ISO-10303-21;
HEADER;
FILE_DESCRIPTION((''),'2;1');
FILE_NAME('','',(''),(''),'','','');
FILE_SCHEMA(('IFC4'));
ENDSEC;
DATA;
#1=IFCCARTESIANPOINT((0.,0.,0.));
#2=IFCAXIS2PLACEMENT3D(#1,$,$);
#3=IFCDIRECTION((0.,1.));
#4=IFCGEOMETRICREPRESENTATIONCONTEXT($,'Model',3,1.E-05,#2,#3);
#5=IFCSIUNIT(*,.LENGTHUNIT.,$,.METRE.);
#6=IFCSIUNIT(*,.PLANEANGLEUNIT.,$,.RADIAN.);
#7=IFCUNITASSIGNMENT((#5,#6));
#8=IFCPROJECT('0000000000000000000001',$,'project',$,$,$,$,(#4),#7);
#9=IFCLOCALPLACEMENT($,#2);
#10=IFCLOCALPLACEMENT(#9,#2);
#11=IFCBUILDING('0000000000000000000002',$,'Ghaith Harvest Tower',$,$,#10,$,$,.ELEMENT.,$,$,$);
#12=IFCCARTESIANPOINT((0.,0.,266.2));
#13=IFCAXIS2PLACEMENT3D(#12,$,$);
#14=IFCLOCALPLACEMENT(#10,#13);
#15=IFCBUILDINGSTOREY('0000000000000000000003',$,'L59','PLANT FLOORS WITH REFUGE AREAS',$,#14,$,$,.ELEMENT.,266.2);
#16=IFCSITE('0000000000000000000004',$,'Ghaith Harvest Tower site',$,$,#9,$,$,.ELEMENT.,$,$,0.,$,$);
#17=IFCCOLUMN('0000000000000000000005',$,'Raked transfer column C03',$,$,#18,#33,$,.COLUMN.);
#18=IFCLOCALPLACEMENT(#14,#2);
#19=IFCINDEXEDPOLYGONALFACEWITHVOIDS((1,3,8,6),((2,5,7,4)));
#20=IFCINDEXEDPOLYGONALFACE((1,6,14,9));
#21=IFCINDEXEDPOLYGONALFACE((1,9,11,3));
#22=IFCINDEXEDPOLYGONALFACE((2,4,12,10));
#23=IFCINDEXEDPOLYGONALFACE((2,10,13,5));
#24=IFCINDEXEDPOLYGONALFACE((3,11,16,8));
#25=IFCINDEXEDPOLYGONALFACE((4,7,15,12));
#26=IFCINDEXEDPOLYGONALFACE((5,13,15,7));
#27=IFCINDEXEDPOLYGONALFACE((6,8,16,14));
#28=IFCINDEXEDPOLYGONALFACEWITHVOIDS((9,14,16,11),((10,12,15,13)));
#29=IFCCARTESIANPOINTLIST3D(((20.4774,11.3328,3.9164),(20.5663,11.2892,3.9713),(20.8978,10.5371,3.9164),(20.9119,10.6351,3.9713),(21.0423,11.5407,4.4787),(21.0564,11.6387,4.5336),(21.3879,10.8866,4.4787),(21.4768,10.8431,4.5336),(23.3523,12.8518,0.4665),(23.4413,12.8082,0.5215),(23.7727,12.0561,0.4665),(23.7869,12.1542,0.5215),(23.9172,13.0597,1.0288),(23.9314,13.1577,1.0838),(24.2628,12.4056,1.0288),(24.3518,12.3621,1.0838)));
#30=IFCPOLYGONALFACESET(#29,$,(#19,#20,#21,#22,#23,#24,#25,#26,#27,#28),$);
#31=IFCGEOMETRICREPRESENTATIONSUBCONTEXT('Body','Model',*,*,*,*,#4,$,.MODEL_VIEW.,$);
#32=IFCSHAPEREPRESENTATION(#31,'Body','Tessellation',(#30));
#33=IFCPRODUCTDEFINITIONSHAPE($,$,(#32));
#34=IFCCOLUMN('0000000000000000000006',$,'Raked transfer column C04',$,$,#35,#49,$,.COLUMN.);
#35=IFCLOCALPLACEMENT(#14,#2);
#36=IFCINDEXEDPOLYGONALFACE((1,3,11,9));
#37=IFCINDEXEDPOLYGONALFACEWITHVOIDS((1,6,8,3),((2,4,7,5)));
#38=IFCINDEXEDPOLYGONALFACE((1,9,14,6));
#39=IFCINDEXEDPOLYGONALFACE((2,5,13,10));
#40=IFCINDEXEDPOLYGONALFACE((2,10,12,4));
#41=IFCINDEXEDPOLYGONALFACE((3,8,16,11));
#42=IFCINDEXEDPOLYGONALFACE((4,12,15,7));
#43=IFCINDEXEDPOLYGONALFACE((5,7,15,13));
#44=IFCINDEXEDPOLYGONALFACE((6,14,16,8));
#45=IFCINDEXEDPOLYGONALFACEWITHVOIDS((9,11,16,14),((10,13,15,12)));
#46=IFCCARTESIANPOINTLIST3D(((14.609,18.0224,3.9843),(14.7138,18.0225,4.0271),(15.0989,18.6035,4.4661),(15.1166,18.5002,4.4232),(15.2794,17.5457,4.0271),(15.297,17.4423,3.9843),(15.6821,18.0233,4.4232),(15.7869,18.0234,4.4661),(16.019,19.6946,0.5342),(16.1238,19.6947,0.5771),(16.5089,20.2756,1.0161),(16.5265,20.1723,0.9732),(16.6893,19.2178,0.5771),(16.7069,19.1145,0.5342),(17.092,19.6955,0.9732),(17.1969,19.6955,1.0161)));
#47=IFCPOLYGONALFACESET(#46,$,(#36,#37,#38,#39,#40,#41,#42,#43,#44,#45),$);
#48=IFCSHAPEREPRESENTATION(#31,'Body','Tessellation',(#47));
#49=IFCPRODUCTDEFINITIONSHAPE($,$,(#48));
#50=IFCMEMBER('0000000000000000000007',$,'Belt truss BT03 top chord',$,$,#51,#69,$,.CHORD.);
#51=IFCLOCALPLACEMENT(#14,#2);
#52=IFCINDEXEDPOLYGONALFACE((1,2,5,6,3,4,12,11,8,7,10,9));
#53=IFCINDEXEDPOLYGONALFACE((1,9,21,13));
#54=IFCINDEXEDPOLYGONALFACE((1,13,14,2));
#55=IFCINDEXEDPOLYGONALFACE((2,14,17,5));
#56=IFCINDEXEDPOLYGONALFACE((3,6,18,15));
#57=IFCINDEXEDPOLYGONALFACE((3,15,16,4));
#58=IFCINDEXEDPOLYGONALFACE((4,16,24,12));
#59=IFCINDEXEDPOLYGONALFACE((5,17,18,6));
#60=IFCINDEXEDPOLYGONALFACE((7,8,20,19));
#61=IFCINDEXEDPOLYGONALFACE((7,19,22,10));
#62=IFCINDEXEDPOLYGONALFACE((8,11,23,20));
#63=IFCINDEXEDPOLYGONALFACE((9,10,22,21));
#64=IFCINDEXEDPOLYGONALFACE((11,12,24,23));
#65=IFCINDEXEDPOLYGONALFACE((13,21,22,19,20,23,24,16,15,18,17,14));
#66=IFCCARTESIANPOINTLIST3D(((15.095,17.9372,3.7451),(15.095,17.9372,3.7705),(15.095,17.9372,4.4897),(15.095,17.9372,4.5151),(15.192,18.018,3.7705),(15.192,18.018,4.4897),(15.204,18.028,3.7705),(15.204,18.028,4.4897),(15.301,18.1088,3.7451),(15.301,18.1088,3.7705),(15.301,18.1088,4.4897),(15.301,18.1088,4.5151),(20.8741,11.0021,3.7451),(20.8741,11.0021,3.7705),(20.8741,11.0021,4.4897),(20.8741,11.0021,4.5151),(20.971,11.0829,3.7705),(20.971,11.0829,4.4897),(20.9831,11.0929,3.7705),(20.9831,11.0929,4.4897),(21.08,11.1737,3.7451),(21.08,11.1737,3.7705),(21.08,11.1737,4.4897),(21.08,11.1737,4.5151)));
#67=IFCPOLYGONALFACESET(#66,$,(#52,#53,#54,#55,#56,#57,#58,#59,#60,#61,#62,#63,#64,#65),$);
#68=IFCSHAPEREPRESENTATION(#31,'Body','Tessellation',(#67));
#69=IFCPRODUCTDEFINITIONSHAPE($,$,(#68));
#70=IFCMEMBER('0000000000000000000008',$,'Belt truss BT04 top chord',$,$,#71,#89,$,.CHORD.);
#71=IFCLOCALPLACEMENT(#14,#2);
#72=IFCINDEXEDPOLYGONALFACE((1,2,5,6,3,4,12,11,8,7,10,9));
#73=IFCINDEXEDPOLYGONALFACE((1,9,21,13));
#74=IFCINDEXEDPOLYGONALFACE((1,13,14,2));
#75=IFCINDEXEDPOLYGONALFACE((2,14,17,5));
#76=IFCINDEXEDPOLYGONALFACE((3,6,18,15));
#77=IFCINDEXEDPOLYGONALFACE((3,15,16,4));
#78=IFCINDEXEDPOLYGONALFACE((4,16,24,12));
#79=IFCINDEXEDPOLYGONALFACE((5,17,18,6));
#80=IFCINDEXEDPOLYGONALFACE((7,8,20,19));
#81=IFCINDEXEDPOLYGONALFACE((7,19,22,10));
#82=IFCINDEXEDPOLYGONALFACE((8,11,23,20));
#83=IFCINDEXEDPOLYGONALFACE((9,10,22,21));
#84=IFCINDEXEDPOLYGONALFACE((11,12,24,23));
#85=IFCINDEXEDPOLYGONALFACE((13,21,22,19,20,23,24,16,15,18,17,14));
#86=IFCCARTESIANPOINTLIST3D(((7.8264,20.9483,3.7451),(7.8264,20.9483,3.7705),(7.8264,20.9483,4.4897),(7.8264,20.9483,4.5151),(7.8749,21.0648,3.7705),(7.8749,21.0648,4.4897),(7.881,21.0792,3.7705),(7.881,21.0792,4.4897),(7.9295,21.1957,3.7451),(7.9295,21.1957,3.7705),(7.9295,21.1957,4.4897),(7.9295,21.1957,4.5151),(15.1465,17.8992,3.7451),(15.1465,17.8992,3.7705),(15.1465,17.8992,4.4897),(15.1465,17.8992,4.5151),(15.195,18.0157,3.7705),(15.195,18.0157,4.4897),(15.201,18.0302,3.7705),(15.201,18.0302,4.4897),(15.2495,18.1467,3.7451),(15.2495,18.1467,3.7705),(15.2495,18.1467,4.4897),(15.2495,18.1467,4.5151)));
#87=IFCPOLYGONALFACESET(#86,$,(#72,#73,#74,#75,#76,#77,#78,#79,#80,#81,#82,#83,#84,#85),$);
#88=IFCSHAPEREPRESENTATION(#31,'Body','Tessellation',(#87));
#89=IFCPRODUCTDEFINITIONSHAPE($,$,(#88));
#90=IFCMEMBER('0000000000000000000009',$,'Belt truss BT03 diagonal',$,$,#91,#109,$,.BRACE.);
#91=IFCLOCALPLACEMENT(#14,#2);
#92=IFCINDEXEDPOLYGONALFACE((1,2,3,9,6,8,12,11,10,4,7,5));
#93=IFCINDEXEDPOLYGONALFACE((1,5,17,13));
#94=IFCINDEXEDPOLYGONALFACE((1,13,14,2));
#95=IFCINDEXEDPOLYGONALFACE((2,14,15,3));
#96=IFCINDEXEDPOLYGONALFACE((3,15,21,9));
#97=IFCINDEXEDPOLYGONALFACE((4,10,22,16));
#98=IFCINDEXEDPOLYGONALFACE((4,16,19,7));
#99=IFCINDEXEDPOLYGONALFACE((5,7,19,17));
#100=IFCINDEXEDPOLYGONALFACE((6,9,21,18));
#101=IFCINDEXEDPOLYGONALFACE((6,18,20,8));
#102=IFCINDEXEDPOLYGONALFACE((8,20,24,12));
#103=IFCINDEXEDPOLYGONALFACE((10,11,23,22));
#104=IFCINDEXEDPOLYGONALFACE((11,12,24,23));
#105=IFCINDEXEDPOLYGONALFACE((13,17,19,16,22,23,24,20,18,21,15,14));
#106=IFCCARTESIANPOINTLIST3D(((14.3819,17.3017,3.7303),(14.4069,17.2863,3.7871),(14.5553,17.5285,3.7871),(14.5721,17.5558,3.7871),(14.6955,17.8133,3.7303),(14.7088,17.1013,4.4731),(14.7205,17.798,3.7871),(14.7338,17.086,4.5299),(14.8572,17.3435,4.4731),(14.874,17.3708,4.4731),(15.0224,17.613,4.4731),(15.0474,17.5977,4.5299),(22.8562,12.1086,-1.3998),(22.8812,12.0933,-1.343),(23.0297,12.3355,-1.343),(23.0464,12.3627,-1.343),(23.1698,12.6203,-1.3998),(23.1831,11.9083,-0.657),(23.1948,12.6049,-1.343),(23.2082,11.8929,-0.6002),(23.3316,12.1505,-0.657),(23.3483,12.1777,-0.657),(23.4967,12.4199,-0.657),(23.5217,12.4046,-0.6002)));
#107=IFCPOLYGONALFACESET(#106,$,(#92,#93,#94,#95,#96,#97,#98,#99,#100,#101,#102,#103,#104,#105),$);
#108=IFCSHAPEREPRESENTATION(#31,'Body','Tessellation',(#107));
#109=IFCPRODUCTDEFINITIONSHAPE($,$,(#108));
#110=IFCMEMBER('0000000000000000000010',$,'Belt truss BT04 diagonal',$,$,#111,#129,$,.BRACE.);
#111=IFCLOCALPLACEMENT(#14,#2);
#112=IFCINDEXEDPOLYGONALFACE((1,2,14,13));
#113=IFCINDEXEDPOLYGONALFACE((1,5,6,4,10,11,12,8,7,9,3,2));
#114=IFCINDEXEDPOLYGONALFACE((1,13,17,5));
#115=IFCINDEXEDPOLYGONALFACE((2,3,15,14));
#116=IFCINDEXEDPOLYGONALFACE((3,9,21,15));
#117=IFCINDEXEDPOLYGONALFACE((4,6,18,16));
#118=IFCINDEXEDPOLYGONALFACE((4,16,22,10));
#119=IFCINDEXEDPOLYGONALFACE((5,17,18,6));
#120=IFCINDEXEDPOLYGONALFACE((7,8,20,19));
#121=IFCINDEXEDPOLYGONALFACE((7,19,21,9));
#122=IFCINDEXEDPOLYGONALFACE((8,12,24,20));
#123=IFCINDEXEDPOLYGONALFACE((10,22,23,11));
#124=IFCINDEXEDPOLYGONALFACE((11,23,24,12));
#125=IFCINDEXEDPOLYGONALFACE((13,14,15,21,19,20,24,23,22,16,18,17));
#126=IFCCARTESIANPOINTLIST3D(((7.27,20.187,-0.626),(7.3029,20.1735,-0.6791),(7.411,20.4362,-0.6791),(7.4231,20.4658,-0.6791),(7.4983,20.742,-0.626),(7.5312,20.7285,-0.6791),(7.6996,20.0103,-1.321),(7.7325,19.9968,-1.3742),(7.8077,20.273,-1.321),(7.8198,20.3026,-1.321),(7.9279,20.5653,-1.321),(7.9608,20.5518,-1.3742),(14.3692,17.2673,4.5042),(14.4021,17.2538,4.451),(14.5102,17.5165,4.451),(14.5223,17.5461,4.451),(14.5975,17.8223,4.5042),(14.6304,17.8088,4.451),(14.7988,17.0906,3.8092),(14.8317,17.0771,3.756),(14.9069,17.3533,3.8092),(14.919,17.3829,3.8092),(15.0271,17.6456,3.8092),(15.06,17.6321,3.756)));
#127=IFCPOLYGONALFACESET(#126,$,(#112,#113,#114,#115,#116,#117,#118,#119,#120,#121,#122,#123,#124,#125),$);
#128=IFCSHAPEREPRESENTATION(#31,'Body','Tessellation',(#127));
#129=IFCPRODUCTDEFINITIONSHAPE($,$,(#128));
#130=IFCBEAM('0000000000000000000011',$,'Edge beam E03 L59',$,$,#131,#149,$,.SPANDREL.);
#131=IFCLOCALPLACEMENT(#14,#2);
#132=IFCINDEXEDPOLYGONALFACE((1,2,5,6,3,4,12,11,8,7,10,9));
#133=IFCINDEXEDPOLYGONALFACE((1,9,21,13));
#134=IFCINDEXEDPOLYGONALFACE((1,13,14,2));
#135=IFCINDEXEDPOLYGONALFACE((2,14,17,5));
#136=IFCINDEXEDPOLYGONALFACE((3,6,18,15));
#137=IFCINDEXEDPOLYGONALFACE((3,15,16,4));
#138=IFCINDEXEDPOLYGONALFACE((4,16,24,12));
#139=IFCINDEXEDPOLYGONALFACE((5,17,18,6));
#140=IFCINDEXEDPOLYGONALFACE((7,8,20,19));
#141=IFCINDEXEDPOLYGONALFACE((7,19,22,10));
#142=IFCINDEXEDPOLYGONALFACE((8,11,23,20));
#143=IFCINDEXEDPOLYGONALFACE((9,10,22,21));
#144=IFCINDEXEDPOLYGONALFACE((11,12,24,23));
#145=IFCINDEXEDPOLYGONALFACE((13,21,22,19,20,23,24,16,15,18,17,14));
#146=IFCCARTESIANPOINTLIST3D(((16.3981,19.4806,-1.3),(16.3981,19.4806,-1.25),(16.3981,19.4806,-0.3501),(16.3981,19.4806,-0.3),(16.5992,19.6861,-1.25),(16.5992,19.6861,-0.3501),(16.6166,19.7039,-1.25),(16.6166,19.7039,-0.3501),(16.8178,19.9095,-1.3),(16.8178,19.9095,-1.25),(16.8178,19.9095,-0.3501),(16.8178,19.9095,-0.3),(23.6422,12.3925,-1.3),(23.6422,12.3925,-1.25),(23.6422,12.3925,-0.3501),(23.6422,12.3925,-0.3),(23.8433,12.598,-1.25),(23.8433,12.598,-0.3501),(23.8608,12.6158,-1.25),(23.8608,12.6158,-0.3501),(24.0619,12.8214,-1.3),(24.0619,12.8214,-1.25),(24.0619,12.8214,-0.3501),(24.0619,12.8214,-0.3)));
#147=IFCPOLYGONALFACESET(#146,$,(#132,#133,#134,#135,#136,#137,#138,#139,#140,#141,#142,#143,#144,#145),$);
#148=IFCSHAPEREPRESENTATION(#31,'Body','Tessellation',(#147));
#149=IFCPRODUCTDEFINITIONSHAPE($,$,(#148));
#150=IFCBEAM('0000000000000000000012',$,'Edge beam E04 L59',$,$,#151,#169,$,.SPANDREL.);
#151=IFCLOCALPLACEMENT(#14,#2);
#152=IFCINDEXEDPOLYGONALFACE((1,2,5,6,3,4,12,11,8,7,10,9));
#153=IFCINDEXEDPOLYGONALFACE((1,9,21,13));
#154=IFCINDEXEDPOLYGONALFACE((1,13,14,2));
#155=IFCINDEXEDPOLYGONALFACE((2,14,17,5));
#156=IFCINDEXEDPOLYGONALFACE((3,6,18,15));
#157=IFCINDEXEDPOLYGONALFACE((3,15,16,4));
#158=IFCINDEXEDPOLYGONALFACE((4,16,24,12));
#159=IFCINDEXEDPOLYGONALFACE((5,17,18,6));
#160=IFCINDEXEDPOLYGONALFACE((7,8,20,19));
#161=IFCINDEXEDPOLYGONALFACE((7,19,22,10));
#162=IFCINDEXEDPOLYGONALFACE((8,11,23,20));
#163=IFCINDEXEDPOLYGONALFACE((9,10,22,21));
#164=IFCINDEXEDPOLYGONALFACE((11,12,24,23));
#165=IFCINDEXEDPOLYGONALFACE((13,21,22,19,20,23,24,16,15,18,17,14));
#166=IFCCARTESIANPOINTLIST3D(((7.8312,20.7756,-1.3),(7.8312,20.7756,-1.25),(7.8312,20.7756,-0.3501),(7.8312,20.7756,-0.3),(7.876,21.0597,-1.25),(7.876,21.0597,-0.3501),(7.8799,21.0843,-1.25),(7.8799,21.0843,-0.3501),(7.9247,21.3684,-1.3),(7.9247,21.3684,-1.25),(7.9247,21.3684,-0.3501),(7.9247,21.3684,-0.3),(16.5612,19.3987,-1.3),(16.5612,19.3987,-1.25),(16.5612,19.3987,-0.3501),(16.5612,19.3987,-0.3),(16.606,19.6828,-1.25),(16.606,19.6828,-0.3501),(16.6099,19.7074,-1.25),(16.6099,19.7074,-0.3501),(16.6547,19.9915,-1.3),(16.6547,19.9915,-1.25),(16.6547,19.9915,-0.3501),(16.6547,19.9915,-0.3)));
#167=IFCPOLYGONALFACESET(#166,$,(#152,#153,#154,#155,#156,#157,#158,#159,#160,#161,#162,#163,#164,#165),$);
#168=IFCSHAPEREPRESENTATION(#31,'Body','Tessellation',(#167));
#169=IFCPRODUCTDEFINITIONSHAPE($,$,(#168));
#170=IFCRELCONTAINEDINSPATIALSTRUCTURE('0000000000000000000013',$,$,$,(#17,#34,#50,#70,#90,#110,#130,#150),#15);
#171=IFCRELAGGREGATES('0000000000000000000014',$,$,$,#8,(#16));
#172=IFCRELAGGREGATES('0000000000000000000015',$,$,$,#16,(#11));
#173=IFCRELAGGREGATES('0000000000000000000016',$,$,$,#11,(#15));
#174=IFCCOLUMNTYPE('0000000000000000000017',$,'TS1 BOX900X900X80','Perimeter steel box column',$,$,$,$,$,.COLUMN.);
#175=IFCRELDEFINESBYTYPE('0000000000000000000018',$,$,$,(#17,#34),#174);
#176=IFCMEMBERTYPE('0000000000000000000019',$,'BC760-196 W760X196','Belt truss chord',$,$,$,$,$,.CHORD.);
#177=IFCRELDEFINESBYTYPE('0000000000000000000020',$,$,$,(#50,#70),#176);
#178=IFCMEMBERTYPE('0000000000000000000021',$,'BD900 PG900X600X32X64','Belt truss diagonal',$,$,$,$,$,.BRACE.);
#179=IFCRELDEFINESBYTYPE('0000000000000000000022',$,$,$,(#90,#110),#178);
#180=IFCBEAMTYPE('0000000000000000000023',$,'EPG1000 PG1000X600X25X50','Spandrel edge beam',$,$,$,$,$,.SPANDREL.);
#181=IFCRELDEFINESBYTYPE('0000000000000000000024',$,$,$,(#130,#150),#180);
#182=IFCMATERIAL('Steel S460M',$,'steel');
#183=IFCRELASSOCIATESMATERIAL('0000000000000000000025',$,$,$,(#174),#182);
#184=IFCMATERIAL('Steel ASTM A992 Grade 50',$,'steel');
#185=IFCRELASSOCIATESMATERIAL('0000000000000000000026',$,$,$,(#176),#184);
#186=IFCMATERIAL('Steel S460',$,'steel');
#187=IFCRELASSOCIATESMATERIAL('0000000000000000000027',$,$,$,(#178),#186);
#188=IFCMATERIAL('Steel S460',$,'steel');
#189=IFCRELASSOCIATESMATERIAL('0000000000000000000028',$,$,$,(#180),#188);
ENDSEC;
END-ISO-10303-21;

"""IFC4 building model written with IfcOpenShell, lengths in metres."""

from ifc_helpers import new_model, si_unit, direction, frame, origin, origin_2d, place, context, subcontext, project, spatial, hollow_rectangle, i_section, extrude, material, material_profile, profile_set, type_object, element, save


model = new_model("IFC4")

# Units and contexts
model_context = context("Model", 3, precision=1e-05, world=origin(), true_north=direction((0.0, 1.0)))
body_context = subcontext(model_context, "Body", "Model", "MODEL_VIEW")
ifc_project = project(units=[si_unit("LENGTHUNIT", "METRE"), si_unit("PLANEANGLEUNIT", "RADIAN")], contexts=[model_context])

# Site, building, storey
site_placement = place(None, origin())
site = spatial("IfcSite", under=ifc_project, at=site_placement, Name="Ghaith Harvest Tower site", CompositionType="ELEMENT", RefElevation=0.0)
building_placement = place(site_placement, origin())
building = spatial("IfcBuilding", under=site, at=building_placement, Name="Ghaith Harvest Tower", CompositionType="ELEMENT")
storey_placement = place(building_placement, frame((0.0, 0.0, 266.2)))
storey = spatial("IfcBuildingStorey", under=building, at=storey_placement, Name="L59", Description="PLANT FLOORS WITH REFUGE AREAS", CompositionType="ELEMENT", Elevation=266.2)

# Columns
ifc_material_1 = material(Name="Steel S460M", Category="steel")
ifc_material_profile_1 = material_profile(ifc_material_1, hollow_rectangle(XDim=0.8999, YDim=0.8999, WallThickness=0.0801, at=origin_2d()), Name="BOX900X900X80")
ifc_profile_set_1 = profile_set([ifc_material_profile_1], Name="Steel S460M")
column_type = type_object("IfcColumnType", Name="TS1 BOX900X900X80", Description="Perimeter steel box column", PredefinedType="COLUMN", material=ifc_profile_set_1)
column_1_placement = place(storey_placement, frame((23.8521, 12.6069, 0.7751), z_axis=(-0.606436, -0.320418, 0.727713), x_axis=(0.467163, -0.884171, 0.0)))
element("IfcColumn", 1, at=column_1_placement, inside=storey, type_object=column_type, Name="Raked transfer column C03", PredefinedType="COLUMN", context=body_context, shape_type="SweptSolid", body=[
    extrude(hollow_rectangle(XDim=0.8999, YDim=0.8999, WallThickness=0.0801, at=origin_2d()), origin(), (0.0, 0.0, 1.0), 4.7407),
])
column_2_placement = place(storey_placement, frame((16.6079, 19.6951, 0.7751), z_axis=(-0.345156, -0.409347, 0.844572), x_axis=(0.764503, -0.64462, 0.0)))
element("IfcColumn", 2, at=column_2_placement, inside=storey, type_object=column_type, Name="Raked transfer column C04", PredefinedType="COLUMN", context=body_context, shape_type="SweptSolid", body=[
    extrude(hollow_rectangle(XDim=0.8999, YDim=0.8999, WallThickness=0.0801, at=origin_2d()), origin(), (0.0, 0.0, 1.0), 4.085),
])

# Members
ifc_material_2 = material(Name="Steel ASTM A992 Grade 50", Category="steel")
ifc_material_profile_2 = material_profile(ifc_material_2, i_section(OverallWidth=0.2681, OverallDepth=0.77, WebThickness=0.0156, FlangeThickness=0.0254, at=origin_2d()), Name="W760X196")
ifc_profile_set_2 = profile_set([ifc_material_profile_2], Name="Steel ASTM A992 Grade 50")
member_type_1 = type_object("IfcMemberType", Name="BC760-196 W760X196", Description="Belt truss chord", PredefinedType="CHORD", material=ifc_profile_set_2)
member_1_placement = place(storey_placement, frame((20.9771, 11.0879, 4.1301), z_axis=(-0.640174, 0.76823, 0.0), x_axis=(-0.76823, -0.640174, 0.0)))
element("IfcMember", 3, at=member_1_placement, inside=storey, type_object=member_type_1, Name="Belt truss BT03 top chord", PredefinedType="CHORD", context=body_context, shape_type="SweptSolid", body=[
    extrude(i_section(OverallWidth=0.2681, OverallDepth=0.77, WebThickness=0.0156, FlangeThickness=0.0254, at=origin_2d()), origin(), (0.0, 0.0, 1.0), 9.0273),
])
member_2_placement = place(storey_placement, frame((15.198, 18.0229, 4.1301), z_axis=(-0.92312, 0.384513, 0.0), x_axis=(-0.384513, -0.92312, 0.0)))
element("IfcMember", 4, at=member_2_placement, inside=storey, type_object=member_type_1, Name="Belt truss BT04 top chord", PredefinedType="CHORD", context=body_context, shape_type="SweptSolid", body=[
    extrude(i_section(OverallWidth=0.2681, OverallDepth=0.77, WebThickness=0.0156, FlangeThickness=0.0254, at=origin_2d()), origin(), (0.0, 0.0, 1.0), 7.9297),
])
ifc_material_3 = material(Name="Steel S460", Category="steel")
ifc_material_profile_3 = material_profile(ifc_material_3, i_section(OverallWidth=0.6001, OverallDepth=0.8999, WebThickness=0.032, FlangeThickness=0.064, at=origin_2d()), Name="PG900X600X32X64")
ifc_profile_set_3 = profile_set([ifc_material_profile_3], Name="Steel S460")
member_type_2 = type_object("IfcMemberType", Name="BD900 PG900X600X32X64", Description="Belt truss diagonal", PredefinedType="BRACE", material=ifc_profile_set_3)
member_3_placement = place(storey_placement, frame((23.189, 12.2566, -1.0), z_axis=(-0.757663, 0.464298, 0.458666), x_axis=(-0.5225, -0.852639, 0.0)))
element("IfcMember", 5, at=member_3_placement, inside=storey, type_object=member_type_2, Name="Belt truss BT03 diagonal", PredefinedType="BRACE", context=body_context, shape_type="SweptSolid", body=[
    extrude(i_section(OverallWidth=0.6001, OverallDepth=0.8999, WebThickness=0.032, FlangeThickness=0.064, at=origin_2d()), origin(), (0.0, 0.0, 1.0), 11.1848),
])
member_4_placement = place(storey_placement, frame((14.7146, 17.4497, 4.1301), z_axis=(-0.768922, 0.316237, -0.555656), x_axis=(-0.380361, -0.924838, 0.0)))
element("IfcMember", 6, at=member_4_placement, inside=storey, type_object=member_type_2, Name="Belt truss BT04 diagonal", PredefinedType="BRACE", context=body_context, shape_type="SweptSolid", body=[
    extrude(i_section(OverallWidth=0.6001, OverallDepth=0.8999, WebThickness=0.032, FlangeThickness=0.064, at=origin_2d()), origin(), (0.0, 0.0, 1.0), 9.2327),
])

# Beams
ifc_material_4 = material(Name="Steel S460", Category="steel")
ifc_material_profile_4 = material_profile(ifc_material_4, i_section(OverallWidth=0.6001, OverallDepth=1.0, WebThickness=0.0249, FlangeThickness=0.05, at=origin_2d()), Name="PG1000X600X25X50")
ifc_profile_set_4 = profile_set([ifc_material_profile_4], Name="Steel S460")
beam_type = type_object("IfcBeamType", Name="EPG1000 PG1000X600X25X50", Description="Spandrel edge beam", PredefinedType="SPANDREL", material=ifc_profile_set_4)
beam_1_placement = place(storey_placement, frame((23.8521, 12.6069, -0.8), z_axis=(-0.714761, 0.699369, 0.0), x_axis=(-0.699369, -0.714761, 0.0)))
element("IfcBeam", 7, at=beam_1_placement, inside=storey, type_object=beam_type, Name="Edge beam E03 L59", PredefinedType="SPANDREL", context=body_context, shape_type="SweptSolid", body=[
    extrude(i_section(OverallWidth=0.6001, OverallDepth=1.0, WebThickness=0.0249, FlangeThickness=0.05, at=origin_2d()), origin(), (0.0, 0.0, 1.0), 10.135),
])
beam_2_placement = place(storey_placement, frame((16.6079, 19.6951, -0.8), z_axis=(-0.987788, 0.155801, 0.0), x_axis=(-0.155801, -0.987788, 0.0)))
element("IfcBeam", 8, at=beam_2_placement, inside=storey, type_object=beam_type, Name="Edge beam E04 L59", PredefinedType="SPANDREL", context=body_context, shape_type="SweptSolid", body=[
    extrude(i_section(OverallWidth=0.6001, OverallDepth=1.0, WebThickness=0.0249, FlangeThickness=0.05, at=origin_2d()), origin(), (0.0, 0.0, 1.0), 8.8379),
])

save(model, "model.ifc")
